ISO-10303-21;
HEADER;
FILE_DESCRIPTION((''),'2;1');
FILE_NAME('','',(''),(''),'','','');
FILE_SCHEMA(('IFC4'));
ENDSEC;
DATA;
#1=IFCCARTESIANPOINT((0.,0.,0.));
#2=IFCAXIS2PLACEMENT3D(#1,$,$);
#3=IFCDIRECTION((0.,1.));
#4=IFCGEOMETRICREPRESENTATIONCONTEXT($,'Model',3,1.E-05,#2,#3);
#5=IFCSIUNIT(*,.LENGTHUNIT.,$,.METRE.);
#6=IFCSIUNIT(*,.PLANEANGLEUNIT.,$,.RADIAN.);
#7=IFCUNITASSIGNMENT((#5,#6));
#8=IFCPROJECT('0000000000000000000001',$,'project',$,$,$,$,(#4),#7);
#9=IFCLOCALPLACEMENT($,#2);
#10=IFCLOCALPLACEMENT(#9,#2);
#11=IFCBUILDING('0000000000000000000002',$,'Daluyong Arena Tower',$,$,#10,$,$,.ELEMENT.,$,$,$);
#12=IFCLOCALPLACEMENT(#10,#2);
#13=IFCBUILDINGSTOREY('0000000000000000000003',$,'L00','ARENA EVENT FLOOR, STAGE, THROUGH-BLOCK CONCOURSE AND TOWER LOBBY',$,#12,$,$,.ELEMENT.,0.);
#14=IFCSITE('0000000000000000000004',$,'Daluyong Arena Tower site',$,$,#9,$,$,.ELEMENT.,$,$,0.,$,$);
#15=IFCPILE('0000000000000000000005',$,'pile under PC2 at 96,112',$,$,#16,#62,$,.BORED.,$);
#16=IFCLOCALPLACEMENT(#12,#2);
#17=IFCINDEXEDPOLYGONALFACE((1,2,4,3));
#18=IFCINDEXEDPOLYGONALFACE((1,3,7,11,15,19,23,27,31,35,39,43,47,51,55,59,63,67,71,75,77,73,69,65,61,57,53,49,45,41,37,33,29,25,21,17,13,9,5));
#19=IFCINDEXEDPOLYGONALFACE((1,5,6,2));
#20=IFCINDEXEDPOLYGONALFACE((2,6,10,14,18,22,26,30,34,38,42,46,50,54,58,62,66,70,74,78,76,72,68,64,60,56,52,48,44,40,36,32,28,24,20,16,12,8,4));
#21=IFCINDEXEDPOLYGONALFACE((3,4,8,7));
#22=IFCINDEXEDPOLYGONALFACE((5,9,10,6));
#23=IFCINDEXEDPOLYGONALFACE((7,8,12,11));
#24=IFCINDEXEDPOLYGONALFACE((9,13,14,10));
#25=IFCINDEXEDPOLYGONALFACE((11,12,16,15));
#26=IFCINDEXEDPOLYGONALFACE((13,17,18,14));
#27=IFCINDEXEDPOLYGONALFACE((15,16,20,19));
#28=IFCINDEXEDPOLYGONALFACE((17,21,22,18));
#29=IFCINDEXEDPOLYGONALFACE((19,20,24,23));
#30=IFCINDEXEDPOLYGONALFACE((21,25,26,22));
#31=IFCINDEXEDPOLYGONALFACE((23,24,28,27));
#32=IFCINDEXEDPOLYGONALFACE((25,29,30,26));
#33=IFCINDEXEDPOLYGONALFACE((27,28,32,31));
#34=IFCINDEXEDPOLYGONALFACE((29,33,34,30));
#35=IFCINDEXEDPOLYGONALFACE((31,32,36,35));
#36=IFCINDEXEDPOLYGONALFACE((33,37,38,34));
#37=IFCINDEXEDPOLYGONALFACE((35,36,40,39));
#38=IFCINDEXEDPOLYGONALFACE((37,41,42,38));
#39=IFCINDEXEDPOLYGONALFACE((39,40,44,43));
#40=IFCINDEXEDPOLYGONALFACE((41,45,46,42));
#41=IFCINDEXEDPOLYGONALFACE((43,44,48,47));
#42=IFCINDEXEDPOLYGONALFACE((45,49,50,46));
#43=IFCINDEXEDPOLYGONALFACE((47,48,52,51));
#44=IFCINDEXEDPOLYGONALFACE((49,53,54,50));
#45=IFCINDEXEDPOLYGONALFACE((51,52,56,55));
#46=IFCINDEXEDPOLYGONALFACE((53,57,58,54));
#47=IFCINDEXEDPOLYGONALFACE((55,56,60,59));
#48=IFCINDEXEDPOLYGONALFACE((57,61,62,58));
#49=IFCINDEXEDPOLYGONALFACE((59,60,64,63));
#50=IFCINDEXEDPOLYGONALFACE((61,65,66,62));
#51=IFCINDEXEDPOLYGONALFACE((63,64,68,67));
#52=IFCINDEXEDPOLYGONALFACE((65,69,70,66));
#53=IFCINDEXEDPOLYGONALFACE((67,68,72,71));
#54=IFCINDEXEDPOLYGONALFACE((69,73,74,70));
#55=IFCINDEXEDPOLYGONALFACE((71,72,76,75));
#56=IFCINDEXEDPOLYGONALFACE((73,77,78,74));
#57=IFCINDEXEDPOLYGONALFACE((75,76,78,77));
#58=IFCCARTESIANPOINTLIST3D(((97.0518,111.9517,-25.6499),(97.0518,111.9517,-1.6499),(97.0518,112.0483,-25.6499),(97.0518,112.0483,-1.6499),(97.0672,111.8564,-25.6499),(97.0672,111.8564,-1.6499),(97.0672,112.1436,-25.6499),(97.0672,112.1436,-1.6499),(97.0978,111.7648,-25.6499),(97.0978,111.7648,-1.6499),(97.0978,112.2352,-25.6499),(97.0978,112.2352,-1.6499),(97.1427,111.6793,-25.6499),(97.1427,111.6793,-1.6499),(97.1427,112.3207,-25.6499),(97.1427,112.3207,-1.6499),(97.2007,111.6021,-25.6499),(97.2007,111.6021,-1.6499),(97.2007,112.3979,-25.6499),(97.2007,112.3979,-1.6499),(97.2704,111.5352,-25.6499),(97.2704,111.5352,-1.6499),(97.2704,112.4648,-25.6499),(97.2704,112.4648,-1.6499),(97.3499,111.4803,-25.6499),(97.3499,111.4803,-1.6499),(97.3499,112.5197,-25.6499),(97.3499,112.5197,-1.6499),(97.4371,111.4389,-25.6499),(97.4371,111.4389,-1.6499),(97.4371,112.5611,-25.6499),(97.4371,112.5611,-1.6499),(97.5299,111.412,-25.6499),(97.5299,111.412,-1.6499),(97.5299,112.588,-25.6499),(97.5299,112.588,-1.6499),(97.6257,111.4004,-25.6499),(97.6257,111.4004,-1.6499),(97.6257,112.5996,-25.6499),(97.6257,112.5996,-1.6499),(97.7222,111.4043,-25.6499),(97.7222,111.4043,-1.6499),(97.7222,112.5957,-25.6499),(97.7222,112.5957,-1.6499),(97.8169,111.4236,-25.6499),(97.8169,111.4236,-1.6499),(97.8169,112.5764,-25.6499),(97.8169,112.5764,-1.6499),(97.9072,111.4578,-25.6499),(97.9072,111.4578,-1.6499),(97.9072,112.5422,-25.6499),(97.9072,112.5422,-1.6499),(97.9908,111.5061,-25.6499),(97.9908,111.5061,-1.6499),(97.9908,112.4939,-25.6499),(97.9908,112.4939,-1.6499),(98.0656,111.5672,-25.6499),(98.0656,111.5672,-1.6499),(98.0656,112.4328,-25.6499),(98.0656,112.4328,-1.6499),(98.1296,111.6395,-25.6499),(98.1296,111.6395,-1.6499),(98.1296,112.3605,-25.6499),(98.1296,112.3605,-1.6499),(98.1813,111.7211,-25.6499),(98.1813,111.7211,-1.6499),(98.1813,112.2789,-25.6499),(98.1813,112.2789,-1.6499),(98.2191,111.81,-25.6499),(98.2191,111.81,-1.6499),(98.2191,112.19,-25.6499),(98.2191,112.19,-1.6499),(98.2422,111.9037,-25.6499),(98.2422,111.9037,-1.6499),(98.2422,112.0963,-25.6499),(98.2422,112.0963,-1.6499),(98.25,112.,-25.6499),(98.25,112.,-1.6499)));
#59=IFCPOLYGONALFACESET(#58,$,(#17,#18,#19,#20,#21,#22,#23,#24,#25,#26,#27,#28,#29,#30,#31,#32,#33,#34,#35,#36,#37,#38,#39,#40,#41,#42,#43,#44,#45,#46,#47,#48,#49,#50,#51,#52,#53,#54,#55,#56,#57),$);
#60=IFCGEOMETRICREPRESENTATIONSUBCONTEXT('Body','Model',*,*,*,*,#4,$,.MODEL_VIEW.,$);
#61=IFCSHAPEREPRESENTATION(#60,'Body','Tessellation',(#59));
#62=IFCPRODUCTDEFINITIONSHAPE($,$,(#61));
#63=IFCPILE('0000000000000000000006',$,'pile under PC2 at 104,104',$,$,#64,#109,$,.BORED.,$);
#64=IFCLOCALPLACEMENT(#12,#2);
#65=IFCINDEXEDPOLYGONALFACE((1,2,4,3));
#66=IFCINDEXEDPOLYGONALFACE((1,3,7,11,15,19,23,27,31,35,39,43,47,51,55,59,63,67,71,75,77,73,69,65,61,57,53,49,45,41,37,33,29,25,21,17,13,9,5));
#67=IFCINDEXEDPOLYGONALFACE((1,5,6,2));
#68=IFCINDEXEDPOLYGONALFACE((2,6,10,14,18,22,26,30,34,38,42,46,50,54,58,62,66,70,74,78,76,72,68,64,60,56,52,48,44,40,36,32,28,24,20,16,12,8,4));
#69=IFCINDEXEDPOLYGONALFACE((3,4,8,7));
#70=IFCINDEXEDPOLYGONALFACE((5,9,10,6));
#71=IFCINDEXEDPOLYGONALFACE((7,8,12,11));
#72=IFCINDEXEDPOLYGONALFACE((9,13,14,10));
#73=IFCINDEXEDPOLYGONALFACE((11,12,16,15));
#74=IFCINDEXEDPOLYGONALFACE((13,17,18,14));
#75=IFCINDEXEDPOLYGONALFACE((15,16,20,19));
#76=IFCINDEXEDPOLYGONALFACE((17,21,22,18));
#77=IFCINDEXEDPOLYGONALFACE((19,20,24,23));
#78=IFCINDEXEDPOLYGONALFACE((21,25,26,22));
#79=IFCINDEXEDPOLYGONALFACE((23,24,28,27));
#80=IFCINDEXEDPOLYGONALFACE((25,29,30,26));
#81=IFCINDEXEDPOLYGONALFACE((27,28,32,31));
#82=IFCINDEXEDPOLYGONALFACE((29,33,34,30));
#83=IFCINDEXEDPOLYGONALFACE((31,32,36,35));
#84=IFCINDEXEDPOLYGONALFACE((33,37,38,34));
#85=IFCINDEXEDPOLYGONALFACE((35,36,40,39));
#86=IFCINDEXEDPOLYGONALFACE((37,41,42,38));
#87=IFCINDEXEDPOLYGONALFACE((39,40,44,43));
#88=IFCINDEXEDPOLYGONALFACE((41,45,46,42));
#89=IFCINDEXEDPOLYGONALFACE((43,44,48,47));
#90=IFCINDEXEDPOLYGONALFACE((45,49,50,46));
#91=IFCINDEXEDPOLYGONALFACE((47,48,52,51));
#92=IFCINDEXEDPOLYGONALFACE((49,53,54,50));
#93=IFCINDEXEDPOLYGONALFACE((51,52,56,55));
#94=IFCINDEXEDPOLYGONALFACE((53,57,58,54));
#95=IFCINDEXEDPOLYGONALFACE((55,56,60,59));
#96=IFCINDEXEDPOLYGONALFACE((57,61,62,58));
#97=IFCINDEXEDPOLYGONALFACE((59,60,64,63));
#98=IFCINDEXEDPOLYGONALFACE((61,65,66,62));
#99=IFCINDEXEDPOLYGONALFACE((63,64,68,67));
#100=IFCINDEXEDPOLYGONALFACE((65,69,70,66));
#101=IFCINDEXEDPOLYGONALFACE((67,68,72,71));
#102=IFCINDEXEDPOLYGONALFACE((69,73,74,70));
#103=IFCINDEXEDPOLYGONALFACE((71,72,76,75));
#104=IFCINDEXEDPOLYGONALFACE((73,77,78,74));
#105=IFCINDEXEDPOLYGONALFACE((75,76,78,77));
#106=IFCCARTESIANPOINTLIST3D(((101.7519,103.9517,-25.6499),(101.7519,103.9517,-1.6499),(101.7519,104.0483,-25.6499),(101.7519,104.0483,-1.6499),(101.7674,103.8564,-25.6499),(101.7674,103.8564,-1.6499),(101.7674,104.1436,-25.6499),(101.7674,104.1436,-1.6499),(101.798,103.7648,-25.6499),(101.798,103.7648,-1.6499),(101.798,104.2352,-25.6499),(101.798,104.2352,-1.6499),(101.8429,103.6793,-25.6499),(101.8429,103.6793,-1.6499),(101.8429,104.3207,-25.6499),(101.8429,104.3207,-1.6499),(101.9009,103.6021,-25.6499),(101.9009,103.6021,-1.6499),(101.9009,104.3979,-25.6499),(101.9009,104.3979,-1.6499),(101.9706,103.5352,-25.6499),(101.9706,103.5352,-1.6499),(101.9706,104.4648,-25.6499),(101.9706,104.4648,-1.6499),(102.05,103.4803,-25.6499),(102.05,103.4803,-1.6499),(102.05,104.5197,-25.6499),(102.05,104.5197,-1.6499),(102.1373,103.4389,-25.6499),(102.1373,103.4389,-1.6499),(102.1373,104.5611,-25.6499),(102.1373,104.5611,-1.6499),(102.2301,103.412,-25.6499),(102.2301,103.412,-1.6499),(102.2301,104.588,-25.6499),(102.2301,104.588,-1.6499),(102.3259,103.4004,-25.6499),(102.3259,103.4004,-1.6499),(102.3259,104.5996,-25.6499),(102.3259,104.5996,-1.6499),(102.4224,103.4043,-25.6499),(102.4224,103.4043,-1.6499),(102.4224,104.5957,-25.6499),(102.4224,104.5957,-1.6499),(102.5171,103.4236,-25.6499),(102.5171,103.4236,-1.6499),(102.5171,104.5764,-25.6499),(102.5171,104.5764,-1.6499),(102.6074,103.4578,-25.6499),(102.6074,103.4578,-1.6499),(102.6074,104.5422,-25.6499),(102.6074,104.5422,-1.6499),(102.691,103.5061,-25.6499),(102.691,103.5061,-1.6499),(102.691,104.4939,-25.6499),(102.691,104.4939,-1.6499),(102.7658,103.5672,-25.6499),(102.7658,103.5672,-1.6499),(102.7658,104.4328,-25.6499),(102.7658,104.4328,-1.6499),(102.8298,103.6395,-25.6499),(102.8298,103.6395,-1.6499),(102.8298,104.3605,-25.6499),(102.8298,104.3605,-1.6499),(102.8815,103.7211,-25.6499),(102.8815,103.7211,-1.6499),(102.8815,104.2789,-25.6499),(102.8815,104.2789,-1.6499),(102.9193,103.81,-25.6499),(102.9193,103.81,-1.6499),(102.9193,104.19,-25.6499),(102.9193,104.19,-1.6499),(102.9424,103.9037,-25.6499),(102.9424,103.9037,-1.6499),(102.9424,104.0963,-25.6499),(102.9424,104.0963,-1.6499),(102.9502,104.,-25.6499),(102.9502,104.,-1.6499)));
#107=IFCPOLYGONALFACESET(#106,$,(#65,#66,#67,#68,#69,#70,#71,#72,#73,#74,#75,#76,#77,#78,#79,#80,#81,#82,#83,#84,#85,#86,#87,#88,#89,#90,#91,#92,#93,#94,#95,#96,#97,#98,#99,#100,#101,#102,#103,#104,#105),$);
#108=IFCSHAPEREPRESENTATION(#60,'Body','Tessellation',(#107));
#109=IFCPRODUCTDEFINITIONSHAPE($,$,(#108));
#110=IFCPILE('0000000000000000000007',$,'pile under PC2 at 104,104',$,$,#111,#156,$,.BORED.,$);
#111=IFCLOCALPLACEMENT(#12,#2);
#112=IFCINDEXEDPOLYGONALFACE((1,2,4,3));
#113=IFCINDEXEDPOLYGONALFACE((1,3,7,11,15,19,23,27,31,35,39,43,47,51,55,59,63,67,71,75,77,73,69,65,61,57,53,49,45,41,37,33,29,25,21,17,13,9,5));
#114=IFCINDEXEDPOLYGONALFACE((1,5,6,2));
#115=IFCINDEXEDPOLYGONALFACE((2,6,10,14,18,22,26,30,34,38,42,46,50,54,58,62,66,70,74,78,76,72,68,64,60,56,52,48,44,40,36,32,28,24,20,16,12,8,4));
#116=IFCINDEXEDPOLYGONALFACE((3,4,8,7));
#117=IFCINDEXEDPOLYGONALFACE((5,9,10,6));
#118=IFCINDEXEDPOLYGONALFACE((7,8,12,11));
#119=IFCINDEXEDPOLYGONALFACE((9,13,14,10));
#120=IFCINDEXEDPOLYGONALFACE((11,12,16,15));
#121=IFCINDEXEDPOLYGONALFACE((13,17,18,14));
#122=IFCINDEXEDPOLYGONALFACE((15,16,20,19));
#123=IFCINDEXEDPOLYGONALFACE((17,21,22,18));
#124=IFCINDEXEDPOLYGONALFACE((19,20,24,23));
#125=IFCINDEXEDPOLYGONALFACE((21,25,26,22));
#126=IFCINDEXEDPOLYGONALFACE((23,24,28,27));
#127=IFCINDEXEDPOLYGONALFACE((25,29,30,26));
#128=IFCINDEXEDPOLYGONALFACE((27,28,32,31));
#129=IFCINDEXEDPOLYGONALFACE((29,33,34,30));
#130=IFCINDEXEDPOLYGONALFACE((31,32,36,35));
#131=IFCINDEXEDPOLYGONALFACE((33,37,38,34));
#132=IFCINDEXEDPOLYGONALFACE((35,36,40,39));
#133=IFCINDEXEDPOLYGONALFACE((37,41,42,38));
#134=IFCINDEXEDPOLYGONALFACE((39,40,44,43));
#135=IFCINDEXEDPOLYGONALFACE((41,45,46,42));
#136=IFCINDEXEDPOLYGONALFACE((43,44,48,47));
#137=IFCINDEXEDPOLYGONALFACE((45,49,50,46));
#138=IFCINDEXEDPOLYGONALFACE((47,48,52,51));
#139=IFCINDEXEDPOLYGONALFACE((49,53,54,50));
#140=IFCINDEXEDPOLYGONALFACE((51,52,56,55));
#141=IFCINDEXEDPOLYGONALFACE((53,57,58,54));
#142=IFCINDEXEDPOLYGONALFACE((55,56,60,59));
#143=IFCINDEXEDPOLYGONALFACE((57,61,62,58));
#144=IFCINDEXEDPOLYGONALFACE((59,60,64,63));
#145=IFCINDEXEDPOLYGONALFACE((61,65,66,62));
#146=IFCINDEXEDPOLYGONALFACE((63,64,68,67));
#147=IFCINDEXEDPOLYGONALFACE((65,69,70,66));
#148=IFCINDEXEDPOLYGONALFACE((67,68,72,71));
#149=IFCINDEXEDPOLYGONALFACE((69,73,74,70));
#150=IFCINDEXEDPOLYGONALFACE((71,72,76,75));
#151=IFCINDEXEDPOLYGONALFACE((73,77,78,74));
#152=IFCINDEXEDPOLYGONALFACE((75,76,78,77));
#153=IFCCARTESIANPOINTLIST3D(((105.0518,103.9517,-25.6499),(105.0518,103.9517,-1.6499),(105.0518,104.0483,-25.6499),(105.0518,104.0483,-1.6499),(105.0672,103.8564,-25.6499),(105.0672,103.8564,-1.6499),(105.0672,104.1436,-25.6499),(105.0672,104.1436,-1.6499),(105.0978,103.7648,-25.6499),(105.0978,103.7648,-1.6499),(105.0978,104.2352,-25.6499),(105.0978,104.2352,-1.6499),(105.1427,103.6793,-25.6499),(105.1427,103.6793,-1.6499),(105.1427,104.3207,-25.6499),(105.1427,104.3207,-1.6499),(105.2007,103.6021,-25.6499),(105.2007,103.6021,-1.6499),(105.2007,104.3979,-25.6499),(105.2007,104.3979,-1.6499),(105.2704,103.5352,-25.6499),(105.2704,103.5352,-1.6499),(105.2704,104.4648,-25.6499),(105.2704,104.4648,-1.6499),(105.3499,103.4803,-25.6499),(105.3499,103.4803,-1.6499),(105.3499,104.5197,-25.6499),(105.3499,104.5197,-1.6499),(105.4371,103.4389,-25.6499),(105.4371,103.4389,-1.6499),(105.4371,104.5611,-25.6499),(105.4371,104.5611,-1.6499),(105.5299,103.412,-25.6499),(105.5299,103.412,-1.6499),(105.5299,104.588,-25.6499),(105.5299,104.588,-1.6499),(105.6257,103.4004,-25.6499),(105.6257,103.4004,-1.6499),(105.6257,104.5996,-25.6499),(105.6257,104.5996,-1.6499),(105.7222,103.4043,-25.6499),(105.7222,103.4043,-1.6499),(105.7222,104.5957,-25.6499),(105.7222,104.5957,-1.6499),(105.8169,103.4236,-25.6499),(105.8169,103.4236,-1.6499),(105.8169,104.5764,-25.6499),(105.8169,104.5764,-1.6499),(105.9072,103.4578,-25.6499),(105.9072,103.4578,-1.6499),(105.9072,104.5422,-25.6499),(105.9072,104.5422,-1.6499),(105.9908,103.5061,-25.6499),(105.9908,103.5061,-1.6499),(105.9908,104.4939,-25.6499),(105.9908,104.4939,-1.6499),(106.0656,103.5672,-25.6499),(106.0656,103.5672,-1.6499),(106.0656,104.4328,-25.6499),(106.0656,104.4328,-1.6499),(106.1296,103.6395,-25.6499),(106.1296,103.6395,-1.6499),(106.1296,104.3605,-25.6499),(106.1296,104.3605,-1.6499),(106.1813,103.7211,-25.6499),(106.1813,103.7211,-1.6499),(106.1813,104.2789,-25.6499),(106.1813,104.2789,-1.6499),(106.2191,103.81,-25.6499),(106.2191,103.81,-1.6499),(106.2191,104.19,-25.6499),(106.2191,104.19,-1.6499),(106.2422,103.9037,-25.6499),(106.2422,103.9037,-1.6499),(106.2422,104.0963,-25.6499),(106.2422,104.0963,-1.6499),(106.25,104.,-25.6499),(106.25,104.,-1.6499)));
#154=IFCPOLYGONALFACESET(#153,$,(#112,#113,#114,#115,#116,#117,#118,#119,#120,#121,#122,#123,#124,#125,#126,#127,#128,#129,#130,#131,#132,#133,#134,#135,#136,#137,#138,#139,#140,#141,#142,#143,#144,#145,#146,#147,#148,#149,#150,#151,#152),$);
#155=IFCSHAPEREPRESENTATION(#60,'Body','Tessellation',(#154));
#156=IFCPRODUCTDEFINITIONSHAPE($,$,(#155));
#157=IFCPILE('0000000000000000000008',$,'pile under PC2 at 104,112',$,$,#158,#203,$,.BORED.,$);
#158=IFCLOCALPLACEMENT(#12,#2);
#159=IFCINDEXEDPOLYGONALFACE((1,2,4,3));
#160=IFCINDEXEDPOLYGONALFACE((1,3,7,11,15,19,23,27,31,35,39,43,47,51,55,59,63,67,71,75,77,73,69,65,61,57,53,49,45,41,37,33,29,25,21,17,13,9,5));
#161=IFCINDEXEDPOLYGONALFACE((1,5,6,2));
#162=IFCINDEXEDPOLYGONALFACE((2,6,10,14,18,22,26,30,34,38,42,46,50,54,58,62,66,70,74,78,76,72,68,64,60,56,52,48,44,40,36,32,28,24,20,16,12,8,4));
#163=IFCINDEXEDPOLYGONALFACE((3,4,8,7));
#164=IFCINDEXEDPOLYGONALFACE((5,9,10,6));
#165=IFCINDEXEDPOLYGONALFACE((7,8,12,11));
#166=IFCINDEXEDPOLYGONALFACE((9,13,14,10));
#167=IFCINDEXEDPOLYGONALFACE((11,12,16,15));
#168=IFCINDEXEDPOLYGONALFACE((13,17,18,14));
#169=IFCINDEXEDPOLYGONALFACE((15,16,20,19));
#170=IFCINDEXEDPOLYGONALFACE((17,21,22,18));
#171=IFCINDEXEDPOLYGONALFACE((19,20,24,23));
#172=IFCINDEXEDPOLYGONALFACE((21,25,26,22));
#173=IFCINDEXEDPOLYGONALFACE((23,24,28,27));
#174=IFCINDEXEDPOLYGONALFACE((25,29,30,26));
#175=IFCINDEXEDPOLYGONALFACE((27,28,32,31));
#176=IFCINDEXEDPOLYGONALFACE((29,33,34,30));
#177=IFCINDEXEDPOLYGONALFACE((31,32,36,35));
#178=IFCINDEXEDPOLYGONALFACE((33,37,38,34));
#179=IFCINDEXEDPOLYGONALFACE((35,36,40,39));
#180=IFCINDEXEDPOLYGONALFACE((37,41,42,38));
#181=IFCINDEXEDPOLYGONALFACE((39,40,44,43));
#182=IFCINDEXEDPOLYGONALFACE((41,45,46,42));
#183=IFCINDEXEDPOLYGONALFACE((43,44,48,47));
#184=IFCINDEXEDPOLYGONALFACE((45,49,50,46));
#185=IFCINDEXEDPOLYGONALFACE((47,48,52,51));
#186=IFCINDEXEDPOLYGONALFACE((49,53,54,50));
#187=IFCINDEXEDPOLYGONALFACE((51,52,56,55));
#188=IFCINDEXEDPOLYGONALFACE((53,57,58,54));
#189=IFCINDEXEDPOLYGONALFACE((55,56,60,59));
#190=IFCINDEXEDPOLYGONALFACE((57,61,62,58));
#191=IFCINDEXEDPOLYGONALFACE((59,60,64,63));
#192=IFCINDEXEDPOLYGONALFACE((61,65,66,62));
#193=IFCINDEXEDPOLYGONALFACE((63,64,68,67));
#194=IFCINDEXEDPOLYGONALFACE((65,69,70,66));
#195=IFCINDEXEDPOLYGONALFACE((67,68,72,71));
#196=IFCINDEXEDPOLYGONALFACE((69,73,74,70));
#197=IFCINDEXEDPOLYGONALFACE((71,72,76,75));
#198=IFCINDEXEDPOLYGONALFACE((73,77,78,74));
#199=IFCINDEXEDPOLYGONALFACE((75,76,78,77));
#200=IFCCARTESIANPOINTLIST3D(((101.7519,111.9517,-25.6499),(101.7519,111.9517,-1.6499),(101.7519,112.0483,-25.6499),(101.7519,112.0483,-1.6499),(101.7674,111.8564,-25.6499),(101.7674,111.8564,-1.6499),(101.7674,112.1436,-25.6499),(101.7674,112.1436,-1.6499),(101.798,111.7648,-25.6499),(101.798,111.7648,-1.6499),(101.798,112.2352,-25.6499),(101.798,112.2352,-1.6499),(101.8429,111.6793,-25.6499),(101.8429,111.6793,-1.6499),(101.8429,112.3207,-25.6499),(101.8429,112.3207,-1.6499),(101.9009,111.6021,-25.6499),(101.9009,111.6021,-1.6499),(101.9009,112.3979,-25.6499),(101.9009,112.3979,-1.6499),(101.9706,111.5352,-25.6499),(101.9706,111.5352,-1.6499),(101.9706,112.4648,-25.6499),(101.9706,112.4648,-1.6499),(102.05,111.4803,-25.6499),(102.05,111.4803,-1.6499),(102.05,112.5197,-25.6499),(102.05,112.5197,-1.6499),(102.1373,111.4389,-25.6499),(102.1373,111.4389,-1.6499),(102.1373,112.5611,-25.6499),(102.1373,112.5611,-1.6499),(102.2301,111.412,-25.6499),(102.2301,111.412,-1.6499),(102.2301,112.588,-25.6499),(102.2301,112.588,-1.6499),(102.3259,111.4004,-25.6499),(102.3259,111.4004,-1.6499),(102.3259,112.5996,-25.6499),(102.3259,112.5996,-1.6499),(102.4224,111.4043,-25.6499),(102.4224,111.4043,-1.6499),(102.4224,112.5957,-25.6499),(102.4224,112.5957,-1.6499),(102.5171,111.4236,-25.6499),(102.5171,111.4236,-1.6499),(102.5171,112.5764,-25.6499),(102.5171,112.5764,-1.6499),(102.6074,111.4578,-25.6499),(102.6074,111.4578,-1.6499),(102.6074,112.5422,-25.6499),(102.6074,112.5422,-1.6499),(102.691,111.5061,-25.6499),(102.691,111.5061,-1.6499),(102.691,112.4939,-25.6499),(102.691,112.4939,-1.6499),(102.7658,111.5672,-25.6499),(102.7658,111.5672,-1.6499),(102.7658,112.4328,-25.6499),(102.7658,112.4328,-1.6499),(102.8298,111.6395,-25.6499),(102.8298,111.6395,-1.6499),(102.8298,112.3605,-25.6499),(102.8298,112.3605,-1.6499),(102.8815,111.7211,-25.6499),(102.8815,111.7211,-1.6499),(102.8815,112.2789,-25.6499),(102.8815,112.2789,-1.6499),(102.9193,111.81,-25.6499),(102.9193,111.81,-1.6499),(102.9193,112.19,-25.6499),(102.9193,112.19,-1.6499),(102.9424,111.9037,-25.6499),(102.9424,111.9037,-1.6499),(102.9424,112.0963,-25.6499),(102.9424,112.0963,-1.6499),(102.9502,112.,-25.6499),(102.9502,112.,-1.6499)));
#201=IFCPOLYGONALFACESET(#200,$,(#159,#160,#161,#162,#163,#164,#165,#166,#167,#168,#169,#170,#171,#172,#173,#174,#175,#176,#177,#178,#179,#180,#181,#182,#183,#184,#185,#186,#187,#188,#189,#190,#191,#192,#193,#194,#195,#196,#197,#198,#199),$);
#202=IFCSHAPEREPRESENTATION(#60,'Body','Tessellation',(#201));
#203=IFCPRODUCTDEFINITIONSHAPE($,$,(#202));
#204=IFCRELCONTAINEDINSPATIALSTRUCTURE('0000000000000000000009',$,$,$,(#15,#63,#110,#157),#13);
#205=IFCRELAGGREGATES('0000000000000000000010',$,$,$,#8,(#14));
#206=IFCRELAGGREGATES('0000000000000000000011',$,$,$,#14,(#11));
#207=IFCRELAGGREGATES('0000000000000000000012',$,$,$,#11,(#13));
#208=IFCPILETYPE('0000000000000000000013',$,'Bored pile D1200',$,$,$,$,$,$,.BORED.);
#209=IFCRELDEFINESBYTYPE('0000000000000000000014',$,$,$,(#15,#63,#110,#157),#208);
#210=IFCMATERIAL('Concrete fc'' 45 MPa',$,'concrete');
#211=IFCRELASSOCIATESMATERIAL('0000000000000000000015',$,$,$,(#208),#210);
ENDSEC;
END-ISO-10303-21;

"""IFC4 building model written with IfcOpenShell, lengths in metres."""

from ifc_helpers import new_model, si_unit, direction, frame, origin, origin_2d, place, context, subcontext, project, spatial, circle, extrude, material, type_object, element, save


model = new_model("IFC4")

# Units and contexts
model_context = context("Model", 3, precision=1e-05, world=origin(), true_north=direction((0.0, 1.0)))
body_context = subcontext(model_context, "Body", "Model", "MODEL_VIEW")
ifc_project = project(units=[si_unit("LENGTHUNIT", "METRE"), si_unit("PLANEANGLEUNIT", "RADIAN")], contexts=[model_context])

# Site, building, storey
site_placement = place(None, origin())
site = spatial("IfcSite", under=ifc_project, at=site_placement, Name="Daluyong Arena Tower site", CompositionType="ELEMENT", RefElevation=0.0)
building_placement = place(site_placement, origin())
building = spatial("IfcBuilding", under=site, at=building_placement, Name="Daluyong Arena Tower", CompositionType="ELEMENT")
storey_placement = place(building_placement, origin())
storey = spatial("IfcBuildingStorey", under=building, at=storey_placement, Name="L00", Description="ARENA EVENT FLOOR, STAGE, THROUGH-BLOCK CONCOURSE AND TOWER LOBBY", CompositionType="ELEMENT", Elevation=0.0)

# Piles
ifc_material_1 = material(Name="Concrete fc' 45 MPa", Category="concrete")
pile_type = type_object("IfcPileType", Name="Bored pile D1200", PredefinedType="BORED", material=ifc_material_1)
for number, where, z_axis, x_axis, name in (
    (1, (97.6499, 112.0, -1.6499), (0.0, 0.0, -1.0), (1.0, 0.0, 0.0), "pile under PC2 at 96,112"),
    (2, (102.3501, 104.0, -1.6499), (0.0, 0.0, -1.0), (1.0, 0.0, 0.0), "pile under PC2 at 104,104"),
    (3, (105.6499, 104.0, -1.6499), (0.0, 0.0, -1.0), (1.0, 0.0, 0.0), "pile under PC2 at 104,104"),
    (4, (102.3501, 112.0, -1.6499), (0.0, 0.0, -1.0), (1.0, 0.0, 0.0), "pile under PC2 at 104,112"),
):
    element("IfcPile", number, at=place(storey_placement, frame(where, z_axis=z_axis, x_axis=x_axis)), inside=storey, type_object=pile_type, Name=name, PredefinedType="BORED", context=body_context, shape_type="SweptSolid", body=[
        extrude(circle(Radius=0.6001, at=origin_2d()), origin(), (0.0, 0.0, 1.0), 24.0),
    ])

save(model, "model.ifc")
